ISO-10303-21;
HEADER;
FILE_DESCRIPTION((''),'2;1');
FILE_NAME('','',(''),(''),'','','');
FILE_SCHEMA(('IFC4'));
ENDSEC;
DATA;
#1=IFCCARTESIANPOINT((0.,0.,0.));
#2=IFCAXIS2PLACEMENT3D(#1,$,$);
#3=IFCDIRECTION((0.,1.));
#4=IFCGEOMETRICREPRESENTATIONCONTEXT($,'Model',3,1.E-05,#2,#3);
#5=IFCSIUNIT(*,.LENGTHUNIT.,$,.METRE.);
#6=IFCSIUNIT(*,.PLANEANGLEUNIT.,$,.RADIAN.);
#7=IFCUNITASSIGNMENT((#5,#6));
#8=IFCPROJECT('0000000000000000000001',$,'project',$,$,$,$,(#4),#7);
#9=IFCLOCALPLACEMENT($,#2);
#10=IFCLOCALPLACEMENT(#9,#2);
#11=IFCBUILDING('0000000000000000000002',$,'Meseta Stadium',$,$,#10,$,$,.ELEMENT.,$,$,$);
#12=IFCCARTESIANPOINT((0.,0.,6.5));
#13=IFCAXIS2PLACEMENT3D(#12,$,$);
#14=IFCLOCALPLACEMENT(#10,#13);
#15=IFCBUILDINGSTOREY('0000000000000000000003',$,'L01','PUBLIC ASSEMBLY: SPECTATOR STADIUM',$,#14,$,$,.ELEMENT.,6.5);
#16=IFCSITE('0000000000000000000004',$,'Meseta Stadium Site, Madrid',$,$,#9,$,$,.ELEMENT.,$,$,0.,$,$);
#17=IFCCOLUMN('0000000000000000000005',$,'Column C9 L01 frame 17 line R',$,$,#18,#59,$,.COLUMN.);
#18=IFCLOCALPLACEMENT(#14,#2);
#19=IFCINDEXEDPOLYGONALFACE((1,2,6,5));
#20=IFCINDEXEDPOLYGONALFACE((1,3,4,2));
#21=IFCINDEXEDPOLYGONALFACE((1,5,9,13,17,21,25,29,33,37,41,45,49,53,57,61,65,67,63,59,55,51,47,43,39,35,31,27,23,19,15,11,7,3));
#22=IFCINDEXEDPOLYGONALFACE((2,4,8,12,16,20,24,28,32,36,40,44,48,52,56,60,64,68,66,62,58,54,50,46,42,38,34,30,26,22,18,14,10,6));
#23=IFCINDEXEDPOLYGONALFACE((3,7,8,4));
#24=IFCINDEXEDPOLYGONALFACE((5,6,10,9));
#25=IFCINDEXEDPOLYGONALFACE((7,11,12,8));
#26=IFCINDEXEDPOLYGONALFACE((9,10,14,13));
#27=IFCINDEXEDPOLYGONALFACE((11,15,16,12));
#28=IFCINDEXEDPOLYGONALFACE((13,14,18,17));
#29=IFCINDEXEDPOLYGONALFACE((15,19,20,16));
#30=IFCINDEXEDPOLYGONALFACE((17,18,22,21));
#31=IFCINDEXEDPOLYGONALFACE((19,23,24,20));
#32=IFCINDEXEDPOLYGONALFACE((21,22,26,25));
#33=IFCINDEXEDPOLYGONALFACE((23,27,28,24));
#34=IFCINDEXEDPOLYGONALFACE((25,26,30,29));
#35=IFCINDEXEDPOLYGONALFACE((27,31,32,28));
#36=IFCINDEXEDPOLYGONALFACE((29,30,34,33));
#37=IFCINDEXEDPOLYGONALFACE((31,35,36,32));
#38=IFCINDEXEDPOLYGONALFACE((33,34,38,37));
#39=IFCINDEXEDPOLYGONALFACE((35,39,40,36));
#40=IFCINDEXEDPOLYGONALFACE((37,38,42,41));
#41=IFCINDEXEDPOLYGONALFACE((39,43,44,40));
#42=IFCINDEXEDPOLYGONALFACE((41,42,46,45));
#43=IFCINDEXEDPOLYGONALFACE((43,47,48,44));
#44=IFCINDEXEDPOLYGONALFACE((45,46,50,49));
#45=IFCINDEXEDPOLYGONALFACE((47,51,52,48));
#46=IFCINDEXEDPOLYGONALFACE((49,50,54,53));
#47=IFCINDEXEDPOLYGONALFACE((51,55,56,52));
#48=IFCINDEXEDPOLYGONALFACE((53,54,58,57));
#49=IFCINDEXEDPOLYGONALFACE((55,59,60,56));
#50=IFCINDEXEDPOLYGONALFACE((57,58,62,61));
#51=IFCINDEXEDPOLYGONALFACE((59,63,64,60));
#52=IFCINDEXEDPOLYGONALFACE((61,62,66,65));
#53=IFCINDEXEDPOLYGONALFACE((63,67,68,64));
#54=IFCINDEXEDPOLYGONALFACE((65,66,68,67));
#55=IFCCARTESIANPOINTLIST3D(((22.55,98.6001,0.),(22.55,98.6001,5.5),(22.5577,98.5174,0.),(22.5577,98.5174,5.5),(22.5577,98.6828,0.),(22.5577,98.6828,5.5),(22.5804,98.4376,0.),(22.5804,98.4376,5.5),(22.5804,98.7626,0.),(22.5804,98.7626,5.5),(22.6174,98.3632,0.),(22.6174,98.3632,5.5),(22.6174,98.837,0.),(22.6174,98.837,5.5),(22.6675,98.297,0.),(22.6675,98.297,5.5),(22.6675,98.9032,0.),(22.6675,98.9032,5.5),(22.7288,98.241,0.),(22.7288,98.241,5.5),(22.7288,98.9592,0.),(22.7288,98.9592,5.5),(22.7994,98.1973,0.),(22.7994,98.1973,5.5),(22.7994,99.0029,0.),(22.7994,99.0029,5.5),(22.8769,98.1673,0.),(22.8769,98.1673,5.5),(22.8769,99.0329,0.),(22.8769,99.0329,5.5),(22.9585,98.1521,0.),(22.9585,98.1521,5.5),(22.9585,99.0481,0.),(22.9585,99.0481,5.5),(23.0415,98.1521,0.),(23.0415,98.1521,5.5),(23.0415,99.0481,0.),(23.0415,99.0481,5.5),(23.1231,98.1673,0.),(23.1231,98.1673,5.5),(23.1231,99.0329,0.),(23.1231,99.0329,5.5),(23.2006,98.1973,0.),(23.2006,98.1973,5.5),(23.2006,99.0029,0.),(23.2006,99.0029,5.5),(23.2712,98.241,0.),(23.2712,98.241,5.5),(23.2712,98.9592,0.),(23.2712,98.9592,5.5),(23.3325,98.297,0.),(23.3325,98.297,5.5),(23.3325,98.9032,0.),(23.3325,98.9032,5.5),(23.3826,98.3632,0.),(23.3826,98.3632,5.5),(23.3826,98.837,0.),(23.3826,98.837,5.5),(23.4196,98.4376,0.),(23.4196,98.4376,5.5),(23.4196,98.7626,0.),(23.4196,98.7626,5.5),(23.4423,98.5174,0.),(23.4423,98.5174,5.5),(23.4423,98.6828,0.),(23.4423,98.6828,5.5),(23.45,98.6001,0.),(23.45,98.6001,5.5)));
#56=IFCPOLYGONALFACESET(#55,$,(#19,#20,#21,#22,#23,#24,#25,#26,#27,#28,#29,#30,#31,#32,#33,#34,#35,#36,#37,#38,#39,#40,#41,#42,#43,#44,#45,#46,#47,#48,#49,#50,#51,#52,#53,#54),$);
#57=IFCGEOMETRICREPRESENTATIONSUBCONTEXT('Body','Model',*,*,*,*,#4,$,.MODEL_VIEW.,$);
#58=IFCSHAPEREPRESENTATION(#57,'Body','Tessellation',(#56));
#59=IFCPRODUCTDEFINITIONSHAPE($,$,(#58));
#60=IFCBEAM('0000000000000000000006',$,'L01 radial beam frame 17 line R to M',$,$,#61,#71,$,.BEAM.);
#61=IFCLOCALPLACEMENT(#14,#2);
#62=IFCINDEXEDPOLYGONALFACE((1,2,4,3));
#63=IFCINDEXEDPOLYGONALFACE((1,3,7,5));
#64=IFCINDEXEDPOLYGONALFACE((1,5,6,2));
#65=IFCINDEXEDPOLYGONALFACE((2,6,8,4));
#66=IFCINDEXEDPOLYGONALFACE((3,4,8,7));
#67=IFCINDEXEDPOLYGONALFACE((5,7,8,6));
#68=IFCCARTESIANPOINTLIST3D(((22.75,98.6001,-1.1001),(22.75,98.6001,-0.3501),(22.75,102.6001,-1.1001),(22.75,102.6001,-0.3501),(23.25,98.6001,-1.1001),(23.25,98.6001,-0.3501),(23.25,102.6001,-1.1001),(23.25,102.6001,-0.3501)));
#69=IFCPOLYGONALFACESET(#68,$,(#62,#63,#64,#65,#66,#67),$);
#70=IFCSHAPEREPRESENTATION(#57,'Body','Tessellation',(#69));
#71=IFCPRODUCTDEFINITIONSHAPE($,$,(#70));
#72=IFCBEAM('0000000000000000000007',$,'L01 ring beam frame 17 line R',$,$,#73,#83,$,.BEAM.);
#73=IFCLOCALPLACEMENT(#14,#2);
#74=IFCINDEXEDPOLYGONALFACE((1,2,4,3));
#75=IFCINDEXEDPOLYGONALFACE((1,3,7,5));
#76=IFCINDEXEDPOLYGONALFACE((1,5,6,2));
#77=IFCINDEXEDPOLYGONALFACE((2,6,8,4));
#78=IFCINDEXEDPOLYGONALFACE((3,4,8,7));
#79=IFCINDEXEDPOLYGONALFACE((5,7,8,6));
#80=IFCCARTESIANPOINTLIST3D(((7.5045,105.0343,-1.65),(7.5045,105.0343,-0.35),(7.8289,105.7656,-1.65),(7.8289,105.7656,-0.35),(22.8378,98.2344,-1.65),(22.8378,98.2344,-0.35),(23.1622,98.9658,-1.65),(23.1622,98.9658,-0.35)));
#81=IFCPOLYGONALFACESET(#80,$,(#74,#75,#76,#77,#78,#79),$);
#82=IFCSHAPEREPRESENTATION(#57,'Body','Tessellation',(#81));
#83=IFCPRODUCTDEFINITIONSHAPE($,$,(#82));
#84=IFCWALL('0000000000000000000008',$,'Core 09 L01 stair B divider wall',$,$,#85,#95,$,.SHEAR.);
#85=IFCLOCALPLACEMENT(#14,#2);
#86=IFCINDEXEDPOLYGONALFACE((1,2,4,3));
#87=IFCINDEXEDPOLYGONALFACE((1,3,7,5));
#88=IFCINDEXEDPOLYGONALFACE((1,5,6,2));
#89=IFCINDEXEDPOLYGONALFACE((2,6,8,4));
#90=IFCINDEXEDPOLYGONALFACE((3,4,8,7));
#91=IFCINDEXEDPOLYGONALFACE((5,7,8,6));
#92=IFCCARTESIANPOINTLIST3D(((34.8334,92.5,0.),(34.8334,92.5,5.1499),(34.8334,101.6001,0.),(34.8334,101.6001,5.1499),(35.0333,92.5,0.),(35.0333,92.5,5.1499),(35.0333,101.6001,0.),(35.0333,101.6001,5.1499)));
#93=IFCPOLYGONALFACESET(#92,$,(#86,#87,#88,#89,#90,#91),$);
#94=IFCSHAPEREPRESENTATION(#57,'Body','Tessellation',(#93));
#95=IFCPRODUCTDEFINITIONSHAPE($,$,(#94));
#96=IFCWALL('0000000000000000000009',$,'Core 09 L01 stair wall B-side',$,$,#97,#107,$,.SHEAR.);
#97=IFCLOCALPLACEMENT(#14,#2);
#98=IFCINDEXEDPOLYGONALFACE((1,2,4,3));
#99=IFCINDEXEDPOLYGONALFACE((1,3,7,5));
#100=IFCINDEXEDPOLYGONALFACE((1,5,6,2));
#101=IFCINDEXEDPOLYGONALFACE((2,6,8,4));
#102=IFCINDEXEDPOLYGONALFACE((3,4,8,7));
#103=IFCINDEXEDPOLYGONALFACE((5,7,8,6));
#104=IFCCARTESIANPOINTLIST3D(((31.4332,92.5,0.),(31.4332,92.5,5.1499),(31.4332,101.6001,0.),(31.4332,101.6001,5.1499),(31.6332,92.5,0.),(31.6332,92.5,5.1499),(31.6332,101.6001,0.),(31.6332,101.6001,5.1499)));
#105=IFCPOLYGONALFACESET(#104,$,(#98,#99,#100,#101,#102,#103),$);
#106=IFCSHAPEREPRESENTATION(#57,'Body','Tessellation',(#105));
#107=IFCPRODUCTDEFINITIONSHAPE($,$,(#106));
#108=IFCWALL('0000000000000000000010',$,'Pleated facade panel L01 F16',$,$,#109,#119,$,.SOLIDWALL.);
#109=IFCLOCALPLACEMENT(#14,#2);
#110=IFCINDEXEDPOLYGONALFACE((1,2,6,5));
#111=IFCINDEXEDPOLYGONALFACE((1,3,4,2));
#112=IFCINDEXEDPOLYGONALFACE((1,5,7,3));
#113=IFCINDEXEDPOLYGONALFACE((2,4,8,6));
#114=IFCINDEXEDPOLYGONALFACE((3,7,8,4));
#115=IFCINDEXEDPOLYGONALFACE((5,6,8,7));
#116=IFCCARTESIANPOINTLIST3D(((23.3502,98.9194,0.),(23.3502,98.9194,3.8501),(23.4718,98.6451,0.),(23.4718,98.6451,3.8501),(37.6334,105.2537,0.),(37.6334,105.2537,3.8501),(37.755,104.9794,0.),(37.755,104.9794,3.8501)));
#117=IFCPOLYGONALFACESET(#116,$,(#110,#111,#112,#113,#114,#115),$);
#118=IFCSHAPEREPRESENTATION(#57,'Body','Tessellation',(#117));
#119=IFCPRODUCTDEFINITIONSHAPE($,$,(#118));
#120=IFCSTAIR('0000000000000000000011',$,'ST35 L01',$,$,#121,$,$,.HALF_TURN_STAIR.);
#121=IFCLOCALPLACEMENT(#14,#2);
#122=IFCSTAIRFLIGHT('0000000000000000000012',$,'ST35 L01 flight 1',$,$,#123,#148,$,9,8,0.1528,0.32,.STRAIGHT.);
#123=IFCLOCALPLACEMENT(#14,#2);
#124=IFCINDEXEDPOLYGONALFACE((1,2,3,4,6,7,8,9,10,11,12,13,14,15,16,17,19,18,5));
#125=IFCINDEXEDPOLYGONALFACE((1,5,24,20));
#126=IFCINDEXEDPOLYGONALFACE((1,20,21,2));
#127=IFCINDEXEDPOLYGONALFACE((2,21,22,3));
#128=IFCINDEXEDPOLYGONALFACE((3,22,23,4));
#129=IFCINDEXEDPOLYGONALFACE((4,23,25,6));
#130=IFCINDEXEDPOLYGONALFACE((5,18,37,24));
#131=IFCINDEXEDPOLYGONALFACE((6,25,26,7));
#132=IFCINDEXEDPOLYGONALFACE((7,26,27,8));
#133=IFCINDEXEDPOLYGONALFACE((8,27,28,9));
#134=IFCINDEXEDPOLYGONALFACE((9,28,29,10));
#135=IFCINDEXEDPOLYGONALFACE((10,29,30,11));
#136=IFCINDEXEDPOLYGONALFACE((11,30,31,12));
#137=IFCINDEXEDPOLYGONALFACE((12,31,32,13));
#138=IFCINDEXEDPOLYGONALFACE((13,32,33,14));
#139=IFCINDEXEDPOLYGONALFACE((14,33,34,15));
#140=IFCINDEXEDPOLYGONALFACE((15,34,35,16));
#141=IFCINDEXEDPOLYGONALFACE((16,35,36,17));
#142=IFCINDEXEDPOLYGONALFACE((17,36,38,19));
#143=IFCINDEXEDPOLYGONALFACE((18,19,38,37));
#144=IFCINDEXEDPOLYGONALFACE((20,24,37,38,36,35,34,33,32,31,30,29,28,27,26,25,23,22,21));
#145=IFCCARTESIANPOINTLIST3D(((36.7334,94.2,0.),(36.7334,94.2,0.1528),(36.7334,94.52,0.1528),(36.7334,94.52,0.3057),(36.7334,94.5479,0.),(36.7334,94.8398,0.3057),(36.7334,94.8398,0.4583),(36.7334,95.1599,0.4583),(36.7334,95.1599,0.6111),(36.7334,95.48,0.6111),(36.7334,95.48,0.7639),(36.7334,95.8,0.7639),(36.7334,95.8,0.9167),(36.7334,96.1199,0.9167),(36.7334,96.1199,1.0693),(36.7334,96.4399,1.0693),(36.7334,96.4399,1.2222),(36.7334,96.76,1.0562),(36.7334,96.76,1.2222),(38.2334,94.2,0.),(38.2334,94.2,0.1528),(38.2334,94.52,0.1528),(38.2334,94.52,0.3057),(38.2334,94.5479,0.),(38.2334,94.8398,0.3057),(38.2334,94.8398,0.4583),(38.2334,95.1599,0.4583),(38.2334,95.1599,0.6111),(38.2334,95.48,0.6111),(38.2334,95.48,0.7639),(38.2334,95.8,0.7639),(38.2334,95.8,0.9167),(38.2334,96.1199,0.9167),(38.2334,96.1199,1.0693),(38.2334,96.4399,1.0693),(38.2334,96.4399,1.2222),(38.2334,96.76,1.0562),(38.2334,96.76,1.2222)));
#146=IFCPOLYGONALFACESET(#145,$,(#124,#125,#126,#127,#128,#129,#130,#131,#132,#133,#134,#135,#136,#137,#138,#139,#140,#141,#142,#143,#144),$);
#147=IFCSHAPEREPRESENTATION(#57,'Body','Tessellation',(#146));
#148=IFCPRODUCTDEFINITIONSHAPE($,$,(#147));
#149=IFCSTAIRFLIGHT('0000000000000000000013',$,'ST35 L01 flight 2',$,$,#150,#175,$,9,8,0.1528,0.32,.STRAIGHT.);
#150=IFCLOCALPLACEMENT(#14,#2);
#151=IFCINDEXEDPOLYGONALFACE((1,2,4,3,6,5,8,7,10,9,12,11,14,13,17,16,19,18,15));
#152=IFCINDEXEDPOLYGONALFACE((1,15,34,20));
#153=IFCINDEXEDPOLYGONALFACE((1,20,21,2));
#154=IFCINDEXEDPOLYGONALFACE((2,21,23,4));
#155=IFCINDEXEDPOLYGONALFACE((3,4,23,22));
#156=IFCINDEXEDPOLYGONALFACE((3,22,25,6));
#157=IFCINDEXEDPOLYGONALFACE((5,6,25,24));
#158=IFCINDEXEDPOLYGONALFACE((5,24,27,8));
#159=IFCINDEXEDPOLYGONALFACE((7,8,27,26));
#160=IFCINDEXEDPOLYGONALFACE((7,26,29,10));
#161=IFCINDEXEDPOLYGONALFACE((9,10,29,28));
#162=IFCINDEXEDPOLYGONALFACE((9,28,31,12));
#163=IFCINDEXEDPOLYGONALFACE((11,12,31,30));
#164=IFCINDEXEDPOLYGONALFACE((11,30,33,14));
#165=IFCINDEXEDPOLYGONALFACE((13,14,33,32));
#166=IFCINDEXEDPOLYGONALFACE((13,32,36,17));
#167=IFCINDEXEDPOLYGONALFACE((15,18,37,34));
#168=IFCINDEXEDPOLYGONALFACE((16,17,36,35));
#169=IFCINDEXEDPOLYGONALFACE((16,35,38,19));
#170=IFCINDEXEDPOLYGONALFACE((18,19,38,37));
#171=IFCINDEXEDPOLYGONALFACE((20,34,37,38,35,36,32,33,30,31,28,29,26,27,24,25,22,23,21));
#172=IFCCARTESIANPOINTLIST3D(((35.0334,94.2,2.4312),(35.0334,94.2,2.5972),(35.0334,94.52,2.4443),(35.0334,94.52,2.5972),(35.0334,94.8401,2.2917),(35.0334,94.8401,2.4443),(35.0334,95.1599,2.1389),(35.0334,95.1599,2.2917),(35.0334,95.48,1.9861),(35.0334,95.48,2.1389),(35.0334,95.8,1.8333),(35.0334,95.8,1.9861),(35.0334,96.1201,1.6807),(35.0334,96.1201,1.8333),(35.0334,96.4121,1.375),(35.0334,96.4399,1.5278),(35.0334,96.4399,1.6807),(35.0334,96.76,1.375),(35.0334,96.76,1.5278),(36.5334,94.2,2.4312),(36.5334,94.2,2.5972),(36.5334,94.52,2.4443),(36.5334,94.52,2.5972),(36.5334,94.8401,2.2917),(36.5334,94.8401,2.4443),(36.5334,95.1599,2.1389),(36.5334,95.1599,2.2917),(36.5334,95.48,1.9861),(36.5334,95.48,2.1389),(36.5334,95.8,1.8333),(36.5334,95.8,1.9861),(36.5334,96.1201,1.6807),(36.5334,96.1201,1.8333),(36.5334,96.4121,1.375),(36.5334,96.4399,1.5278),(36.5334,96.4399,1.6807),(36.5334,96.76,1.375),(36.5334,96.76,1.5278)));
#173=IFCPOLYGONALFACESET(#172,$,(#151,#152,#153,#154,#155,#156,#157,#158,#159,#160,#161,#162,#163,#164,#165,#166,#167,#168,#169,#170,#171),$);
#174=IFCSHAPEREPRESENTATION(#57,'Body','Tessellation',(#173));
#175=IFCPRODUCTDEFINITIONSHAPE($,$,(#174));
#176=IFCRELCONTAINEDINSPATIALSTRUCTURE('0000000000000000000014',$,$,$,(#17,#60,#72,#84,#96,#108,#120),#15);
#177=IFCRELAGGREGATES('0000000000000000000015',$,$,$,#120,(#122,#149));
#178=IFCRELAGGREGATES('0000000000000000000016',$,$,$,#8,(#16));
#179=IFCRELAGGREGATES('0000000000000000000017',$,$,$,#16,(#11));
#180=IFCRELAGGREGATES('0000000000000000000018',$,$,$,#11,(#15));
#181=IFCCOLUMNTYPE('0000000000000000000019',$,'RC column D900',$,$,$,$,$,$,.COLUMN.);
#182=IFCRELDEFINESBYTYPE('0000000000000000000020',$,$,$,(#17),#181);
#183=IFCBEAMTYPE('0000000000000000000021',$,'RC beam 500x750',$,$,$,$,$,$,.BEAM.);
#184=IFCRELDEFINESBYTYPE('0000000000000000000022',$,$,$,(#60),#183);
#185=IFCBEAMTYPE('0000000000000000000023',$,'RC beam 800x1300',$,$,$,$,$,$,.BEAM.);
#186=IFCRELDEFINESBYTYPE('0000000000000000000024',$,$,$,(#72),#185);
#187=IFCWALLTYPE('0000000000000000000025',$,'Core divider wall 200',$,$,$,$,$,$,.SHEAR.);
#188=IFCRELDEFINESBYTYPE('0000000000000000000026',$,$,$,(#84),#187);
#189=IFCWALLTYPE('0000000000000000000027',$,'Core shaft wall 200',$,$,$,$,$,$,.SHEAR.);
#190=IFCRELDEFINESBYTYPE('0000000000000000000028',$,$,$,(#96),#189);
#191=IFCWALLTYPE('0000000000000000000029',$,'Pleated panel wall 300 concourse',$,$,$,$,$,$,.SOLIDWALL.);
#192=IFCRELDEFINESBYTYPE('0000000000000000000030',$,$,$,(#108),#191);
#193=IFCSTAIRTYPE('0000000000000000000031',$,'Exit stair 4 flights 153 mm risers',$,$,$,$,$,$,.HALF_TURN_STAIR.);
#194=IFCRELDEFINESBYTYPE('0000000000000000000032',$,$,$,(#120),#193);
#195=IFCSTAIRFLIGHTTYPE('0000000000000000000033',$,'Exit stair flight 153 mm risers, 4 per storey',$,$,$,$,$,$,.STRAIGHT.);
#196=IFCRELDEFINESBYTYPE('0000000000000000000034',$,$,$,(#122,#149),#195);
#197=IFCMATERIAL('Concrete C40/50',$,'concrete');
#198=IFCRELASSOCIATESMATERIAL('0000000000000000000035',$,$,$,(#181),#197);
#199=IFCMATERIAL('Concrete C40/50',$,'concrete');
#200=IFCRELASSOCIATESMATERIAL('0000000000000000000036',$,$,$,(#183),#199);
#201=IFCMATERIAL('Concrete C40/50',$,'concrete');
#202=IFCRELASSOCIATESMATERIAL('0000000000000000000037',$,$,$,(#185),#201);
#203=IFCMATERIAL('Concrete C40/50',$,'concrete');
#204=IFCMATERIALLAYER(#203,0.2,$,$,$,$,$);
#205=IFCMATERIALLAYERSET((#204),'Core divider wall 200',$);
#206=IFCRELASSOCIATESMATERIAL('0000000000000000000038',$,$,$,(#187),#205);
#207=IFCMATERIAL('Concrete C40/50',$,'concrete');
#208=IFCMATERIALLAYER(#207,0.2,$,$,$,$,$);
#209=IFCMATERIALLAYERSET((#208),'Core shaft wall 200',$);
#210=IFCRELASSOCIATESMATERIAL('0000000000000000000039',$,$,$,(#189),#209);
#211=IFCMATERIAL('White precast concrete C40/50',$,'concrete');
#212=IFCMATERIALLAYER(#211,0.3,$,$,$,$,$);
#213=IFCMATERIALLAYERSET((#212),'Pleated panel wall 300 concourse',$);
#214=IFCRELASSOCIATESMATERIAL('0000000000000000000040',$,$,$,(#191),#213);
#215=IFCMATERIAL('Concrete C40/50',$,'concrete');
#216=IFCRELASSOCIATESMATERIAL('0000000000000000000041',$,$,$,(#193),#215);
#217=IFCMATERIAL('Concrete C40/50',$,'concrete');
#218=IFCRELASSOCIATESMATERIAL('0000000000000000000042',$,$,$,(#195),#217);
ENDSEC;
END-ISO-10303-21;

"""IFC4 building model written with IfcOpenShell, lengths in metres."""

from ifc_helpers import new_model, si_unit, direction, frame, frame_2d, origin, origin_2d, place, context, subcontext, project, spatial, polyline, rectangle, circle, outline, extrude, material, layer, layer_set, material_profile, profile_set, type_object, element, aggregate, save


model = new_model("IFC4")

# Units and contexts
model_context = context("Model", 3, precision=1e-05, world=origin(), true_north=direction((0.0, 1.0)))
body_context = subcontext(model_context, "Body", "Model", "MODEL_VIEW")
ifc_project = project(units=[si_unit("LENGTHUNIT", "METRE"), si_unit("PLANEANGLEUNIT", "RADIAN")], contexts=[model_context])

# Site, building, storey
site_placement = place(None, origin())
site = spatial("IfcSite", under=ifc_project, at=site_placement, Name="Meseta Stadium Site, Madrid", CompositionType="ELEMENT", RefElevation=0.0)
building_placement = place(site_placement, origin())
building = spatial("IfcBuilding", under=site, at=building_placement, Name="Meseta Stadium", CompositionType="ELEMENT")
storey_placement = place(building_placement, frame((0.0, 0.0, 6.5)))
storey = spatial("IfcBuildingStorey", under=building, at=storey_placement, Name="L01", Description="PUBLIC ASSEMBLY: SPECTATOR STADIUM", CompositionType="ELEMENT", Elevation=6.5)

# Column
ifc_material_1 = material(Name="Concrete C40/50", Category="concrete")
ifc_material_profile_1 = material_profile(ifc_material_1, circle(Radius=0.45, at=origin_2d()), Name="RC D900")
ifc_profile_set_1 = profile_set([ifc_material_profile_1], Name="Concrete C40/50")
column_type = type_object("IfcColumnType", Name="RC column D900", PredefinedType="COLUMN", material=ifc_profile_set_1)
column_placement = place(storey_placement, frame((23.0, 98.6001, 0.0), z_axis=(0.0, 0.0, 1.0), x_axis=(1.0, 0.0, 0.0)))
element("IfcColumn", 1, at=column_placement, inside=storey, type_object=column_type, Name="Column C9 L01 frame 17 line R", PredefinedType="COLUMN", context=body_context, shape_type="SweptSolid", body=[
    extrude(circle(Radius=0.45, at=origin_2d()), origin(), (0.0, 0.0, 1.0), 5.5),
])

# Beams
ifc_material_2 = material(Name="Concrete C40/50", Category="concrete")
ifc_material_profile_2 = material_profile(ifc_material_2, rectangle(XDim=0.5, YDim=0.75, at=origin_2d()), Name="RC 500x750")
ifc_profile_set_2 = profile_set([ifc_material_profile_2], Name="Concrete C40/50")
beam_type_1 = type_object("IfcBeamType", Name="RC beam 500x750", PredefinedType="BEAM", material=ifc_profile_set_2)
beam_1_placement = place(storey_placement, frame((23.0, 98.6001, -0.7251), z_axis=(0.0, 1.0, 0.0), x_axis=(-1.0, 0.0, 0.0)))
element("IfcBeam", 2, at=beam_1_placement, inside=storey, type_object=beam_type_1, Name="L01 radial beam frame 17 line R to M", PredefinedType="BEAM", context=body_context, shape_type="SweptSolid", body=[
    extrude(rectangle(XDim=0.5, YDim=0.75, at=origin_2d()), origin(), (0.0, 0.0, 1.0), 4.0),
])
ifc_material_3 = material(Name="Concrete C40/50", Category="concrete")
ifc_material_profile_3 = material_profile(ifc_material_3, rectangle(XDim=0.8, YDim=1.3, at=origin_2d()), Name="RC 800x1300")
ifc_profile_set_3 = profile_set([ifc_material_profile_3], Name="Concrete C40/50")
beam_type_2 = type_object("IfcBeamType", Name="RC beam 800x1300", PredefinedType="BEAM", material=ifc_profile_set_3)
beam_2_placement = place(storey_placement, frame((23.0, 98.6001, -1.0), z_axis=(-0.914143, 0.405393, 0.0), x_axis=(-0.405393, -0.914143, 0.0)))
element("IfcBeam", 3, at=beam_2_placement, inside=storey, type_object=beam_type_2, Name="L01 ring beam frame 17 line R", PredefinedType="BEAM", context=body_context, shape_type="SweptSolid", body=[
    extrude(rectangle(XDim=0.8, YDim=1.3, at=origin_2d()), origin(), (0.0, 0.0, 1.0), 16.7734),
])

# Walls
ifc_material_4 = material(Name="Concrete C40/50", Category="concrete")
ifc_layer_1 = layer(ifc_material_4, 0.2)
ifc_layer_set_1 = layer_set([ifc_layer_1], Name="Core divider wall 200")
wall_type_1 = type_object("IfcWallType", Name="Core divider wall 200", PredefinedType="SHEAR", material=ifc_layer_set_1)
wall_1_placement = place(storey_placement, frame((34.9333, 101.6001, 0.0), z_axis=(0.0, 0.0, 1.0), x_axis=(0.0, -1.0, 0.0)))
element("IfcWall", 4, at=wall_1_placement, inside=storey, type_object=wall_type_1, Name="Core 09 L01 stair B divider wall", PredefinedType="SHEAR", context=body_context, shape_type="SweptSolid", body=[
    extrude(rectangle(XDim=9.1001, YDim=0.2, at=frame_2d((4.55, 0.0))), origin(), (0.0, 0.0, 1.0), 5.1499),
])
ifc_material_5 = material(Name="Concrete C40/50", Category="concrete")
ifc_layer_2 = layer(ifc_material_5, 0.2)
ifc_layer_set_2 = layer_set([ifc_layer_2], Name="Core shaft wall 200")
wall_type_2 = type_object("IfcWallType", Name="Core shaft wall 200", PredefinedType="SHEAR", material=ifc_layer_set_2)
wall_2_placement = place(storey_placement, frame((31.5332, 101.6001, 0.0), z_axis=(0.0, 0.0, 1.0), x_axis=(0.0, -1.0, 0.0)))
element("IfcWall", 5, at=wall_2_placement, inside=storey, type_object=wall_type_2, Name="Core 09 L01 stair wall B-side", PredefinedType="SHEAR", context=body_context, shape_type="SweptSolid", body=[
    extrude(rectangle(XDim=9.1001, YDim=0.2, at=frame_2d((4.55, 0.0))), origin(), (0.0, 0.0, 1.0), 5.1499),
])
ifc_material_6 = material(Name="White precast concrete C40/50", Category="concrete")
ifc_layer_3 = layer(ifc_material_6, 0.3)
ifc_layer_set_3 = layer_set([ifc_layer_3], Name="Pleated panel wall 300 concourse")
wall_type_3 = type_object("IfcWallType", Name="Pleated panel wall 300 concourse", PredefinedType="SOLIDWALL", material=ifc_layer_set_3)
wall_3_placement = place(storey_placement, frame((23.4109, 98.7822, 0.0), z_axis=(0.0, 0.0, 1.0), x_axis=(0.914141, 0.405398, 0.0)))
element("IfcWall", 6, at=wall_3_placement, inside=storey, type_object=wall_type_3, Name="Pleated facade panel L01 F16", PredefinedType="SOLIDWALL", context=body_context, shape_type="SweptSolid", body=[
    extrude(rectangle(XDim=15.6248, YDim=0.3, at=frame_2d((7.8125, 0.0))), origin(), (0.0, 0.0, 1.0), 3.8501),
])

# Stair, stair flights
ifc_material_7 = material(Name="Concrete C40/50", Category="concrete")
stair_type = type_object("IfcStairType", Name="Exit stair 4 flights 153 mm risers", PredefinedType="HALF_TURN_STAIR", material=ifc_material_7)
stair_1_placement = place(storey_placement, origin())
stair_1 = element("IfcStair", 7, at=stair_1_placement, inside=storey, type_object=stair_type, Name="ST35 L01", PredefinedType="HALF_TURN_STAIR")
ifc_material_8 = material(Name="Concrete C40/50", Category="concrete")
stair_flight_type = type_object("IfcStairFlightType", Name="Exit stair flight 153 mm risers, 4 per storey", PredefinedType="STRAIGHT", material=ifc_material_8)
stair_flight_1_placement = place(storey_placement, frame((37.4834, 94.2, 0.0), z_axis=(0.0, 0.0, 1.0), x_axis=(0.0, 1.0, 0.0)))
stair_flight_1 = element("IfcStairFlight", 8, at=stair_flight_1_placement, type_object=stair_flight_type, Name="ST35 L01 flight 1", NumberOfRisers=9, NumberOfTreads=8, PredefinedType="STRAIGHT", RiserHeight=0.1528, TreadLength=0.32, context=body_context, shape_type="SweptSolid", body=[
    extrude(outline(polyline([(0.0, 0.0), (0.0, 0.1528), (0.3201, 0.1528), (0.3201, 0.3057), (0.6399, 0.3057), (0.6399, 0.4583), (0.96, 0.4583), (0.96, 0.6111), (1.28, 0.6111), (1.28, 0.7639), (1.6001, 0.7639), (1.6001, 0.9167), (1.9199, 0.9167), (1.9199, 1.0693), (2.24, 1.0693), (2.24, 1.2222), (2.5601, 1.2222), (2.5601, 1.0562), (0.3479, 0.0), (0.0, 0.0)])), frame((0.0, 0.75, 0.0), z_axis=(0.0, -1.0, 0.0), x_axis=(1.0, 0.0, 0.0)), (0.0, 0.0, 1.0), 1.5),
])
stair_flight_2_placement = place(storey_placement, frame((35.7834, 96.76, 1.375), z_axis=(0.0, 0.0, 1.0), x_axis=(0.0, -1.0, 0.0)))
stair_flight_2 = element("IfcStairFlight", 9, at=stair_flight_2_placement, type_object=stair_flight_type, Name="ST35 L01 flight 2", NumberOfRisers=9, NumberOfTreads=8, PredefinedType="STRAIGHT", RiserHeight=0.1528, TreadLength=0.32, context=body_context, shape_type="SweptSolid", body=[
    extrude(outline(polyline([(0.0, 0.0), (0.0, 0.1528), (0.3201, 0.1528), (0.3201, 0.3057), (0.6399, 0.3057), (0.6399, 0.4583), (0.96, 0.4583), (0.96, 0.6111), (1.28, 0.6111), (1.28, 0.7639), (1.6001, 0.7639), (1.6001, 0.9167), (1.9199, 0.9167), (1.9199, 1.0693), (2.24, 1.0693), (2.24, 1.2222), (2.5601, 1.2222), (2.5601, 1.0562), (0.3479, 0.0), (0.0, 0.0)])), frame((0.0, 0.75, 0.0), z_axis=(0.0, -1.0, 0.0), x_axis=(1.0, 0.0, 0.0)), (0.0, 0.0, 1.0), 1.5),
])
aggregate(stair_1, [stair_flight_1, stair_flight_2])

save(model, "model.ifc")
